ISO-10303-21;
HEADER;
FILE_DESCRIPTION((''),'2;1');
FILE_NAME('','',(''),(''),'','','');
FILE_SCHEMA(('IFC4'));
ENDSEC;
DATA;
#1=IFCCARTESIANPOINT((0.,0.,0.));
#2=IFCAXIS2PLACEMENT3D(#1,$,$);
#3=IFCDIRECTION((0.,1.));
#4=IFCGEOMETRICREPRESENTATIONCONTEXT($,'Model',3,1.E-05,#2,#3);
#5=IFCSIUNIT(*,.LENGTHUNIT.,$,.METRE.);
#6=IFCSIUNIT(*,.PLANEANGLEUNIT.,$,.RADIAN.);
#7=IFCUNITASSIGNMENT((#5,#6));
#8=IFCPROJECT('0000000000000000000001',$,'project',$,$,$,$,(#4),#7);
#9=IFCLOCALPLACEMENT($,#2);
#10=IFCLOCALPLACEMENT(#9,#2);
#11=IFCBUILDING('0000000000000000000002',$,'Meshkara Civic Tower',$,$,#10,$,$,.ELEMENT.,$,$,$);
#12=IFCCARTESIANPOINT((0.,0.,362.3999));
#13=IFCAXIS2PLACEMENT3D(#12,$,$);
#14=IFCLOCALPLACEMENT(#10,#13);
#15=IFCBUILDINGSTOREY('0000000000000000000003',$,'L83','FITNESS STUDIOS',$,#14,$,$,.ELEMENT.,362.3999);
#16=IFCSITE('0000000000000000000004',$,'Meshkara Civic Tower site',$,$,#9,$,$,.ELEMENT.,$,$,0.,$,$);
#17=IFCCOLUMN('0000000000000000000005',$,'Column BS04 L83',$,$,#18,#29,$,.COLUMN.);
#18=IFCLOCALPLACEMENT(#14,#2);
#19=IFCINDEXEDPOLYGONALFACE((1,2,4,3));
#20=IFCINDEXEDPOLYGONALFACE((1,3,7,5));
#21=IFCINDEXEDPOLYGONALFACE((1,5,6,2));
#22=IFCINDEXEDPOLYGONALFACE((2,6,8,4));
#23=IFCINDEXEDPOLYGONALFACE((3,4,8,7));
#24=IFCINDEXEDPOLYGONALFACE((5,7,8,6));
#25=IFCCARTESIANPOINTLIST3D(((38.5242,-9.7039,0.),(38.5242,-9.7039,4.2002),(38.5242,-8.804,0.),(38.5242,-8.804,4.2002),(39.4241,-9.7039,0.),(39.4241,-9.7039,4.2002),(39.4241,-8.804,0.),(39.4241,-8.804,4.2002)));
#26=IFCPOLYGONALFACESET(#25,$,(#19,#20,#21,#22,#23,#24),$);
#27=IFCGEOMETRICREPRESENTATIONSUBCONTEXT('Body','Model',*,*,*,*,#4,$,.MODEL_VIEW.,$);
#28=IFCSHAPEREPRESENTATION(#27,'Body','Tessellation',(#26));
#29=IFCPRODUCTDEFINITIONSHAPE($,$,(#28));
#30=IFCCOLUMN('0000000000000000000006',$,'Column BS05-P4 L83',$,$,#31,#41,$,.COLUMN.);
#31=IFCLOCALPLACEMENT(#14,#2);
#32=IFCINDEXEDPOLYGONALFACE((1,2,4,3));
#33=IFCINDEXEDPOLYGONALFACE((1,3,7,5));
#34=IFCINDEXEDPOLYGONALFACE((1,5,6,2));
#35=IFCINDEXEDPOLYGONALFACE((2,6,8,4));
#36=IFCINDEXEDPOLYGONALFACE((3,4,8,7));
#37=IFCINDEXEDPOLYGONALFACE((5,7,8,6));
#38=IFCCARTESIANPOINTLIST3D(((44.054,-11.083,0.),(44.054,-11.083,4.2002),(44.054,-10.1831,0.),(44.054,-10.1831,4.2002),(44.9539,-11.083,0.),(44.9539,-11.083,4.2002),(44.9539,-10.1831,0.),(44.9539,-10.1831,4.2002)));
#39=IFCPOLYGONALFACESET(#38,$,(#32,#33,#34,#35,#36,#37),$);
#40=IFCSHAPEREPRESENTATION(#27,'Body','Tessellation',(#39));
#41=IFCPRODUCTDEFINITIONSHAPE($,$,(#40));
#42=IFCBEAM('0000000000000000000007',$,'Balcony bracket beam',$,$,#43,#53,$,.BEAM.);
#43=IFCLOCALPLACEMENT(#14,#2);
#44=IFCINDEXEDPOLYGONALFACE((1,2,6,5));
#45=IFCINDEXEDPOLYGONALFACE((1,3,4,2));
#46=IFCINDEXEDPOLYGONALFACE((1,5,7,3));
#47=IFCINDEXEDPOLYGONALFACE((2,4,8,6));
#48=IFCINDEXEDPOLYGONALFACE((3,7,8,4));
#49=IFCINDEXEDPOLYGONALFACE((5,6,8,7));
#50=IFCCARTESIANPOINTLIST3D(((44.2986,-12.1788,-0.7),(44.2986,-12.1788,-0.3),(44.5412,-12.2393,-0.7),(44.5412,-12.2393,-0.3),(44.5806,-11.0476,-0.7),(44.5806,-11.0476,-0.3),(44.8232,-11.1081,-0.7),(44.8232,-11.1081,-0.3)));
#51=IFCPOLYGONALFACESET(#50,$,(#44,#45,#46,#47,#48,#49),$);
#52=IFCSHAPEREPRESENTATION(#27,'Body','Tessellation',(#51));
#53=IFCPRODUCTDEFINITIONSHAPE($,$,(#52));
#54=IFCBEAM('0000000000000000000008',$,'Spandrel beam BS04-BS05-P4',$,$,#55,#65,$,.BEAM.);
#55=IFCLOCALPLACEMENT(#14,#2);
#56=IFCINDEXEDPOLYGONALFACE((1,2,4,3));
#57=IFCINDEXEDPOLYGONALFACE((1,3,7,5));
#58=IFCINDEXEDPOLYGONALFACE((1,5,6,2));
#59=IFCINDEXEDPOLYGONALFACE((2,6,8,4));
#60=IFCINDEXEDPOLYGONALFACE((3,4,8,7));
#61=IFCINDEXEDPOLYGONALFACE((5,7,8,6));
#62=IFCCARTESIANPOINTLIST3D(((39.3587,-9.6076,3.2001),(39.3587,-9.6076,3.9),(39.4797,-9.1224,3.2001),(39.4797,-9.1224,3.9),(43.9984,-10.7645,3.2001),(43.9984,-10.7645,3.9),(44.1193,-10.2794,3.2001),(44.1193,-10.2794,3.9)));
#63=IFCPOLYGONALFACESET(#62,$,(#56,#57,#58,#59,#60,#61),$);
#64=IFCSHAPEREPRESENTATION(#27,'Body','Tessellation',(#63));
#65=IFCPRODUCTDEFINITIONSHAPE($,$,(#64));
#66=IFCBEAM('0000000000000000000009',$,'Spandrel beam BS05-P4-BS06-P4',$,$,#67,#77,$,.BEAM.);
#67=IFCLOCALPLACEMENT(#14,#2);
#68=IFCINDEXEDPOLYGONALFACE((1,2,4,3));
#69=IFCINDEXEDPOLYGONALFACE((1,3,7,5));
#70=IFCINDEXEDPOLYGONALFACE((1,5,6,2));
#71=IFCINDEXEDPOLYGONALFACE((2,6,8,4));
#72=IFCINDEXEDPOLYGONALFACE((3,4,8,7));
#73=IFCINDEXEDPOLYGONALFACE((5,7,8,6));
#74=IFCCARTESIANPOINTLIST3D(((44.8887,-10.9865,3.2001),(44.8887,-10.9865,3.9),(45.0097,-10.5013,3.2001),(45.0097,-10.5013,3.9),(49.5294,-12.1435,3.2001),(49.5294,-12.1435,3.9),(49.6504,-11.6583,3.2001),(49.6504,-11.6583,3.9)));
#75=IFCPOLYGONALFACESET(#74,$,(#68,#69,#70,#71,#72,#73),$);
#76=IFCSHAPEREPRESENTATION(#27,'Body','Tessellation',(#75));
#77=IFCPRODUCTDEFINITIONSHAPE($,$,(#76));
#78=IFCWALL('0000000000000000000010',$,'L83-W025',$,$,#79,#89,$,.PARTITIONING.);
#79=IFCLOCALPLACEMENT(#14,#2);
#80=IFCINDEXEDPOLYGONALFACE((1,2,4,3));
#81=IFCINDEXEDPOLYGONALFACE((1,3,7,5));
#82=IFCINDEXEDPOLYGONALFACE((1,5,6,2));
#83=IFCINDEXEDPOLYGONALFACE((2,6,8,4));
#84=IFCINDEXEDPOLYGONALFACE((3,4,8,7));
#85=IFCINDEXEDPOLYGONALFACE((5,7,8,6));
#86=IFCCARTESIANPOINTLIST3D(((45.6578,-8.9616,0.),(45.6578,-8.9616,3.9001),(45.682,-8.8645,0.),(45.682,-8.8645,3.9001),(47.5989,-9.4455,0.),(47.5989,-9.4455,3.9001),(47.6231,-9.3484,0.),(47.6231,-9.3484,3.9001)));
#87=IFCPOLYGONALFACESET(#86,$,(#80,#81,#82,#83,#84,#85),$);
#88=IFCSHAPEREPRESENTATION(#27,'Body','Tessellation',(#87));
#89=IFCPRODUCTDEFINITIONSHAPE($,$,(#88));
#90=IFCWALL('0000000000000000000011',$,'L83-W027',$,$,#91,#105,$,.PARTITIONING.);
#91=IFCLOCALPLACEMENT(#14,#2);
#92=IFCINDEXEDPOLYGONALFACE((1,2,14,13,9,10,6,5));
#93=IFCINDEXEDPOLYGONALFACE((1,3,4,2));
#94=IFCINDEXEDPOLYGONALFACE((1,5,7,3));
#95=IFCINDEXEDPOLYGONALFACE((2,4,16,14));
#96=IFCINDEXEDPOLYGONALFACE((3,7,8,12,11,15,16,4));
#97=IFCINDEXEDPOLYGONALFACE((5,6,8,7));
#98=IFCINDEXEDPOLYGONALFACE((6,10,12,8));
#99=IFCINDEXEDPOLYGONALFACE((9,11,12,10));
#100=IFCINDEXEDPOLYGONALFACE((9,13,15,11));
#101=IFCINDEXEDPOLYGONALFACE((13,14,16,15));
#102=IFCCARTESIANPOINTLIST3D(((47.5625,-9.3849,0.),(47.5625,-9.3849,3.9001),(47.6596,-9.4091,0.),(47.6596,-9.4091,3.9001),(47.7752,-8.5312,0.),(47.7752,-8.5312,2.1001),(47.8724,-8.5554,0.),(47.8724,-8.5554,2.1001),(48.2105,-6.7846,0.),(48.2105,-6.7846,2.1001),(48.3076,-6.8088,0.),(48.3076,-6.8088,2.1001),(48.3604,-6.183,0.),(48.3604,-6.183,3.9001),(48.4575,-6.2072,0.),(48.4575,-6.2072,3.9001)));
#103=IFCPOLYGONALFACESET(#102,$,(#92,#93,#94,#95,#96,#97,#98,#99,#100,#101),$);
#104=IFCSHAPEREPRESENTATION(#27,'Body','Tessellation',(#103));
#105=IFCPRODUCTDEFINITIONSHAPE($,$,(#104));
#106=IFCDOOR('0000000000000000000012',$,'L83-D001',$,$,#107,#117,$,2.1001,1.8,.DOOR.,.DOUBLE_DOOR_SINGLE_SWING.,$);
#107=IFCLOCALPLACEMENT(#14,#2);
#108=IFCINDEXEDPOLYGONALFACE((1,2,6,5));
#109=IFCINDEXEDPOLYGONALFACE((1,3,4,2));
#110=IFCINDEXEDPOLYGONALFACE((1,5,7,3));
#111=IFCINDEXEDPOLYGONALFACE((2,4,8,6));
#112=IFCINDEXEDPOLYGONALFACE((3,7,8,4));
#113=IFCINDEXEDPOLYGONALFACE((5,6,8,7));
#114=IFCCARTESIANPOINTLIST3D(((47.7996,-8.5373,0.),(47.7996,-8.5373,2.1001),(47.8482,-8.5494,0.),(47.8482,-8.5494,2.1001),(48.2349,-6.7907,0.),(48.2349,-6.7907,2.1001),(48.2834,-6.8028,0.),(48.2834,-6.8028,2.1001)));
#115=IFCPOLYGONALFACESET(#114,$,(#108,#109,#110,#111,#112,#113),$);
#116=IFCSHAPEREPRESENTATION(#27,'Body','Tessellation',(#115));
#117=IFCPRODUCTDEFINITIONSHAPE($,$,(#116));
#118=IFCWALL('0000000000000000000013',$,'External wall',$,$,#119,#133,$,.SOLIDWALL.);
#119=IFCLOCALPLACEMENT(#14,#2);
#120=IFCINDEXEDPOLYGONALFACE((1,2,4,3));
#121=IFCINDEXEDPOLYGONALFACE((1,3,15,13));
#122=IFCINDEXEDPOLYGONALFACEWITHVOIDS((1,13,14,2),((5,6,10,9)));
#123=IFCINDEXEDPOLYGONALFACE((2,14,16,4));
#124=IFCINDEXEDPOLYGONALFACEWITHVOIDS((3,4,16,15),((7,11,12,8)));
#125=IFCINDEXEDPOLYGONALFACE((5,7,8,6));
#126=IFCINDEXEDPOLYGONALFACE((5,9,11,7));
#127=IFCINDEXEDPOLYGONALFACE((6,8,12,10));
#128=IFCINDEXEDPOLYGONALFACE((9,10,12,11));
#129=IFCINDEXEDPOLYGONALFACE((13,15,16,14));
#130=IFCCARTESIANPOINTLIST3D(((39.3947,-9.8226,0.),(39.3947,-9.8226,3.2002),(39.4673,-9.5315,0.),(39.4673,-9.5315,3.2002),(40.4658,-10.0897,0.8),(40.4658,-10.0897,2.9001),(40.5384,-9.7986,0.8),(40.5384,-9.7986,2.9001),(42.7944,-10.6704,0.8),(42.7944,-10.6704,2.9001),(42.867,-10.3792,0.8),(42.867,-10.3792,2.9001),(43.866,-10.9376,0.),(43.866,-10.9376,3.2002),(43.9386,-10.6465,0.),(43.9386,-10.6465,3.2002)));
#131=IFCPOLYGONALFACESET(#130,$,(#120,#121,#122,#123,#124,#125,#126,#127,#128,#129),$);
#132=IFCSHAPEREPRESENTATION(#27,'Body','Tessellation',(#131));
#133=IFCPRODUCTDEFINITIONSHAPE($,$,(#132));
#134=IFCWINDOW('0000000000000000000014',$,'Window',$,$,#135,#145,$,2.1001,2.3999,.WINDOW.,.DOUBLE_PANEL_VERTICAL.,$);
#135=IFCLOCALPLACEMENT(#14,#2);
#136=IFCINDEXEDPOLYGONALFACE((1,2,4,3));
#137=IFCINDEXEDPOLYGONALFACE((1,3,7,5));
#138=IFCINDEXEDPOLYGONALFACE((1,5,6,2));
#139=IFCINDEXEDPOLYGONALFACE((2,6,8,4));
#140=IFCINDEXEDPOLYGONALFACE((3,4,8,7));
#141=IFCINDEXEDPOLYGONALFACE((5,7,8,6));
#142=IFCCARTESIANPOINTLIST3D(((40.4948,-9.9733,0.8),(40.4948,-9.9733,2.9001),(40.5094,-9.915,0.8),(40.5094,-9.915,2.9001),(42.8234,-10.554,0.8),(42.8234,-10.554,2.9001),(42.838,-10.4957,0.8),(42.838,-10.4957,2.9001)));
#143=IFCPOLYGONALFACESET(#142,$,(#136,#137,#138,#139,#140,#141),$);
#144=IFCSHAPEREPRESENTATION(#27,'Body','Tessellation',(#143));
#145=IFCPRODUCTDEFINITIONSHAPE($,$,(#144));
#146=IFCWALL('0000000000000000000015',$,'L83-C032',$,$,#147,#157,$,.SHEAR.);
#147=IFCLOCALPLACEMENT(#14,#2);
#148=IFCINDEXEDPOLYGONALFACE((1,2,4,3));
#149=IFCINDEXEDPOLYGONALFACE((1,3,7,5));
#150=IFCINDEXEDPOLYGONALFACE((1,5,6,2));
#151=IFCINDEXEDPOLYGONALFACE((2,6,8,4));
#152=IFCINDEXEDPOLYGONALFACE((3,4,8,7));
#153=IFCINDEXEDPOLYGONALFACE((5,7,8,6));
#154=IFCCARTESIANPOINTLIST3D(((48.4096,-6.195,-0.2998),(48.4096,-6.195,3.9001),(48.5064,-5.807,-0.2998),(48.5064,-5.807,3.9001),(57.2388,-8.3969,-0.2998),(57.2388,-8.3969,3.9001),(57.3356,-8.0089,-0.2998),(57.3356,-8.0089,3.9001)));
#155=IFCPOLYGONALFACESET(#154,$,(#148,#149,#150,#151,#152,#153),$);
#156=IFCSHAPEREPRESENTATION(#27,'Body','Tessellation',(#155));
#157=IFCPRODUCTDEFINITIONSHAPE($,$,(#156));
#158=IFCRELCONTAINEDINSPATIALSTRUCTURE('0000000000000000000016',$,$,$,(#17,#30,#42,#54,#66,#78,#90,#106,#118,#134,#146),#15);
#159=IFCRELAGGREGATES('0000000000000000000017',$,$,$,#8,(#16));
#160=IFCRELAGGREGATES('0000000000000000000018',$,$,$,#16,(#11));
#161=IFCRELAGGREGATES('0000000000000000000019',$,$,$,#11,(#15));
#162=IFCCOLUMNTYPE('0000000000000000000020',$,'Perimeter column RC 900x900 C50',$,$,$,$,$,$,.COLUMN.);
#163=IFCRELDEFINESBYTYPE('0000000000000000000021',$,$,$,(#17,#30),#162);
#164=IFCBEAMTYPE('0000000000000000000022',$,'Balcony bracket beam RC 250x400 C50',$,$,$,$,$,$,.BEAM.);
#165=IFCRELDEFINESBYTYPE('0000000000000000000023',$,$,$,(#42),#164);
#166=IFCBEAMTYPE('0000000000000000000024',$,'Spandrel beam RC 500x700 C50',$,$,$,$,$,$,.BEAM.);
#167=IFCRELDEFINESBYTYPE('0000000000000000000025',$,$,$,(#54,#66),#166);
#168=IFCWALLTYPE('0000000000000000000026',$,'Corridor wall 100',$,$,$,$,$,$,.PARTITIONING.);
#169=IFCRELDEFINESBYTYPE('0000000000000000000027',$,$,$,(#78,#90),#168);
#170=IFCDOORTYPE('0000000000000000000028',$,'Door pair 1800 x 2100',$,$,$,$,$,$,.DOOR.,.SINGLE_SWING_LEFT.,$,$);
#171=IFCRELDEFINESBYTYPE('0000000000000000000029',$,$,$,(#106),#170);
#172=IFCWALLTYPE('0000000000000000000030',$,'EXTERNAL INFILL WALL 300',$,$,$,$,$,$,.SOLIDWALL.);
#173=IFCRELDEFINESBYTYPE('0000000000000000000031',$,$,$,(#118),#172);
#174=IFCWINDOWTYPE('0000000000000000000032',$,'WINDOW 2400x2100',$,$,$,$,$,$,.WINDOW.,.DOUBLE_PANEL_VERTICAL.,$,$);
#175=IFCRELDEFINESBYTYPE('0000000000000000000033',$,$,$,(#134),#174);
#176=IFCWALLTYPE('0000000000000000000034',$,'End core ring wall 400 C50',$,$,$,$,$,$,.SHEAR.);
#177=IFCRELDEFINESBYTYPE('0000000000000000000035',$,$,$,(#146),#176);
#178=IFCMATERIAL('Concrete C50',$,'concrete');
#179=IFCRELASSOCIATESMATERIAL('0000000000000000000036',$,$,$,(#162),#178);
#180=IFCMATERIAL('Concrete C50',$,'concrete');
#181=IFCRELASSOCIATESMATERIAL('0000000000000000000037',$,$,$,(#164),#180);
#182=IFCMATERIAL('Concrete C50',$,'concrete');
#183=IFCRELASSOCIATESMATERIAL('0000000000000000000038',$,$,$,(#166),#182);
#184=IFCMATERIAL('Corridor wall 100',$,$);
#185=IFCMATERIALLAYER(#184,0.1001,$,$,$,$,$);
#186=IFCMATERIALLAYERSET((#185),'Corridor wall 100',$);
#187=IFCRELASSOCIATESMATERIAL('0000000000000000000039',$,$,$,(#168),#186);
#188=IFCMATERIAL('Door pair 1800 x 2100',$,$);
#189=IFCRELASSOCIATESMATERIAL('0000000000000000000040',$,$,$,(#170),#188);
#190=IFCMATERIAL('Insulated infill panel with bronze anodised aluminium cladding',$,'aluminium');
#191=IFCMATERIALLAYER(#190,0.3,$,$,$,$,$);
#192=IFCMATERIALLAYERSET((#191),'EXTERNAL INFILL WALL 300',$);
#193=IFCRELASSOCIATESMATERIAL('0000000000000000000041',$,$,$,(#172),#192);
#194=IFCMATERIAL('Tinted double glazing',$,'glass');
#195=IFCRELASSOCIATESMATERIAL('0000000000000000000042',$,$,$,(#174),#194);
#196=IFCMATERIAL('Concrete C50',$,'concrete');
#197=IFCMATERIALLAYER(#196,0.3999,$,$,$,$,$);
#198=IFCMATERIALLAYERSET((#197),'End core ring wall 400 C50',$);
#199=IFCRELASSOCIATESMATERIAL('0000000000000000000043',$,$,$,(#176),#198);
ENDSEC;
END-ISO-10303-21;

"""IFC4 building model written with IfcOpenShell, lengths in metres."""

from ifc_helpers import new_model, si_unit, direction, frame, frame_2d, origin, origin_2d, place, context, subcontext, project, spatial, rectangle, extrude, material, layer, layer_set, material_profile, profile_set, type_object, element, fill, save


model = new_model("IFC4")

# Units and contexts
model_context = context("Model", 3, precision=1e-05, world=origin(), true_north=direction((0.0, 1.0)))
body_context = subcontext(model_context, "Body", "Model", "MODEL_VIEW")
ifc_project = project(units=[si_unit("LENGTHUNIT", "METRE"), si_unit("PLANEANGLEUNIT", "RADIAN")], contexts=[model_context])

# Site, building, storey
site_placement = place(None, origin())
site = spatial("IfcSite", under=ifc_project, at=site_placement, Name="Meshkara Civic Tower site", CompositionType="ELEMENT", RefElevation=0.0)
building_placement = place(site_placement, origin())
building = spatial("IfcBuilding", under=site, at=building_placement, Name="Meshkara Civic Tower", CompositionType="ELEMENT")
storey_placement = place(building_placement, frame((0.0, 0.0, 362.3999)))
storey = spatial("IfcBuildingStorey", under=building, at=storey_placement, Name="L83", Description="FITNESS STUDIOS", CompositionType="ELEMENT", Elevation=362.3999)

# Columns
ifc_material_1 = material(Name="Concrete C50", Category="concrete")
ifc_material_profile_1 = material_profile(ifc_material_1, rectangle(XDim=0.8999, YDim=0.8999, at=origin_2d()))
ifc_profile_set_1 = profile_set([ifc_material_profile_1], Name="Concrete C50")
column_type = type_object("IfcColumnType", Name="Perimeter column RC 900x900 C50", PredefinedType="COLUMN", material=ifc_profile_set_1)
for number, where, z_axis, x_axis, name in (
    (1, (38.9741, -9.2539, 0.0), (0.0, 0.0, 1.0), (1.0, 0.0, 0.0), "Column BS04 L83"),
    (2, (44.5039, -10.6331, 0.0), (0.0, 0.0, 1.0), (1.0, 0.0, 0.0), "Column BS05-P4 L83"),
):
    element("IfcColumn", number, at=place(storey_placement, frame(where, z_axis=z_axis, x_axis=x_axis)), inside=storey, type_object=column_type, Name=name, PredefinedType="COLUMN", context=body_context, shape_type="SweptSolid", body=[
        extrude(rectangle(XDim=0.8999, YDim=0.8999, at=origin_2d()), origin(), (0.0, 0.0, 1.0), 4.2002),
    ])

# Beams
ifc_material_2 = material(Name="Concrete C50", Category="concrete")
ifc_material_profile_2 = material_profile(ifc_material_2, rectangle(XDim=0.25, YDim=0.3999, at=origin_2d()))
ifc_profile_set_2 = profile_set([ifc_material_profile_2], Name="Concrete C50")
beam_type_1 = type_object("IfcBeamType", Name="Balcony bracket beam RC 250x400 C50", PredefinedType="BEAM", material=ifc_profile_set_2)
beam_1_placement = place(storey_placement, frame((44.7019, -11.0779, -0.5), z_axis=(-0.241895, -0.970302, 0.0), x_axis=(0.970302, -0.241895, 0.0)))
element("IfcBeam", 3, at=beam_1_placement, inside=storey, type_object=beam_type_1, Name="Balcony bracket beam", PredefinedType="BEAM", context=body_context, shape_type="SweptSolid", body=[
    extrude(rectangle(XDim=0.25, YDim=0.3999, at=origin_2d()), origin(), (0.0, 0.0, 1.0), 1.1658),
])
ifc_material_3 = material(Name="Concrete C50", Category="concrete")
ifc_material_profile_3 = material_profile(ifc_material_3, rectangle(XDim=0.5, YDim=0.7, at=origin_2d()))
ifc_profile_set_3 = profile_set([ifc_material_profile_3], Name="Concrete C50")
beam_type_2 = type_object("IfcBeamType", Name="Spandrel beam RC 500x700 C50", PredefinedType="BEAM", material=ifc_profile_set_3)
beam_2_placement = place(storey_placement, frame((39.4192, -9.365, 3.55), z_axis=(0.970286, -0.241959, 0.0), x_axis=(0.241959, 0.970286, 0.0)))
element("IfcBeam", 4, at=beam_2_placement, inside=storey, type_object=beam_type_2, Name="Spandrel beam BS04-BS05-P4", PredefinedType="BEAM", context=body_context, shape_type="SweptSolid", body=[
    extrude(rectangle(XDim=0.5, YDim=0.7, at=origin_2d()), origin(), (0.0, 0.0, 1.0), 4.7817),
])
beam_3_placement = place(storey_placement, frame((44.9492, -10.7439, 3.55), z_axis=(0.970298, -0.241911, 0.0), x_axis=(0.241911, 0.970298, 0.0)))
element("IfcBeam", 5, at=beam_3_placement, inside=storey, type_object=beam_type_2, Name="Spandrel beam BS05-P4-BS06-P4", PredefinedType="BEAM", context=body_context, shape_type="SweptSolid", body=[
    extrude(rectangle(XDim=0.5, YDim=0.7, at=origin_2d()), origin(), (0.0, 0.0, 1.0), 4.7827),
])

# Wall
ifc_material_4 = material(Name="Corridor wall 100")
ifc_layer_1 = layer(ifc_material_4, 0.1001)
ifc_layer_set_1 = layer_set([ifc_layer_1], Name="Corridor wall 100")
wall_type_1 = type_object("IfcWallType", Name="Corridor wall 100", PredefinedType="PARTITIONING", material=ifc_layer_set_1)
wall_1_placement = place(storey_placement, frame((45.6699, -8.9131, 0.0), z_axis=(0.0, 0.0, 1.0), x_axis=(0.970307, -0.241875, 0.0)))
element("IfcWall", 6, at=wall_1_placement, inside=storey, type_object=wall_type_1, Name="L83-W025", PredefinedType="PARTITIONING", context=body_context, shape_type="SweptSolid", body=[
    extrude(rectangle(XDim=2.0005, YDim=0.1001, at=frame_2d((1.0002, 0.0))), origin(), (0.0, 0.0, 1.0), 3.9001),
])

# Wall, opening, door
wall_2_placement = place(storey_placement, frame((47.6111, -9.397, 0.0), z_axis=(0.0, 0.0, 1.0), x_axis=(0.241787, 0.970329, 0.0)))
wall_2 = element("IfcWall", 7, at=wall_2_placement, inside=storey, type_object=wall_type_1, Name="L83-W027", PredefinedType="PARTITIONING", context=body_context, shape_type="SweptSolid", body=[
    extrude(rectangle(XDim=3.2998, YDim=0.1001, at=frame_2d((1.6499, 0.0))), origin(), (0.0, 0.0, 1.0), 3.9001),
])
opening_1_placement = place(wall_2_placement, frame((0.8799, 0.0, 0.0)))
opening_1 = element("IfcOpeningElement", 8, at=opening_1_placement, cuts=wall_2, PredefinedType="OPENING", context=body_context, shape_type="SweptSolid", body=[
    extrude(rectangle(XDim=1.8, YDim=2.1001, at=frame_2d((0.8999, 1.05))), frame((0.0, 0.0601, 0.0), z_axis=(0.0, -1.0, 0.0), x_axis=(1.0, 0.0, 0.0)), (0.0, 0.0, 1.0), 0.1201),
])
ifc_material_5 = material(Name="Door pair 1800 x 2100")
door_type_1 = type_object("IfcDoorType", Name="Door pair 1800 x 2100", OperationType="SINGLE_SWING_LEFT", PredefinedType="DOOR", material=ifc_material_5)
door_1_placement = place(opening_1_placement, origin())
door_1 = element("IfcDoor", 9, at=door_1_placement, inside=storey, type_object=door_type_1, Name="L83-D001", OperationType="DOUBLE_DOOR_SINGLE_SWING", OverallHeight=2.1001, OverallWidth=1.8, PredefinedType="DOOR", context=body_context, shape_type="SweptSolid", body=[
    extrude(rectangle(XDim=1.8, YDim=2.1001, at=frame_2d((0.8999, 1.05))), frame((0.0, 0.0249, 0.0), z_axis=(0.0, -1.0, 0.0), x_axis=(1.0, 0.0, 0.0)), (0.0, 0.0, 1.0), 0.05),
])
fill(opening_1, door_1)

# Wall, opening, window
ifc_material_6 = material(Name="Insulated infill panel with bronze anodised aluminium cladding", Category="aluminium")
ifc_layer_2 = layer(ifc_material_6, 0.3)
ifc_layer_set_2 = layer_set([ifc_layer_2], Name="EXTERNAL INFILL WALL 300")
wall_type_2 = type_object("IfcWallType", Name="EXTERNAL INFILL WALL 300", PredefinedType="SOLIDWALL", material=ifc_layer_set_2)
wall_3_placement = place(storey_placement, frame((39.4309, -9.677, 0.0), z_axis=(0.0, 0.0, 1.0), x_axis=(0.970286, -0.241962, 0.0)))
wall_3 = element("IfcWall", 10, at=wall_3_placement, inside=storey, type_object=wall_type_2, Name="External wall", PredefinedType="SOLIDWALL", context=body_context, shape_type="SweptSolid", body=[
    extrude(rectangle(XDim=4.6082, YDim=0.3, at=frame_2d((2.3042, 0.0))), origin(), (0.0, 0.0, 1.0), 3.2002),
])
opening_2_placement = place(wall_3_placement, frame((1.104, 0.0, 0.8)))
opening_2 = element("IfcOpeningElement", 11, at=opening_2_placement, cuts=wall_3, PredefinedType="OPENING", context=body_context, shape_type="SweptSolid", body=[
    extrude(rectangle(XDim=2.3999, YDim=2.1001, at=frame_2d((1.2, 1.05))), frame((0.0, 0.1599, 0.0), z_axis=(0.0, -1.0, 0.0), x_axis=(1.0, 0.0, 0.0)), (0.0, 0.0, 1.0), 0.3201),
])
ifc_material_7 = material(Name="Tinted double glazing", Category="glass")
window_type = type_object("IfcWindowType", Name="WINDOW 2400x2100", PartitioningType="DOUBLE_PANEL_VERTICAL", PredefinedType="WINDOW", material=ifc_material_7)
window_placement = place(opening_2_placement, origin())
window = element("IfcWindow", 12, at=window_placement, inside=storey, type_object=window_type, Name="Window", OverallHeight=2.1001, OverallWidth=2.3999, PartitioningType="DOUBLE_PANEL_VERTICAL", PredefinedType="WINDOW", context=body_context, shape_type="SweptSolid", body=[
    extrude(rectangle(XDim=2.3999, YDim=2.1001, at=frame_2d((1.2, 1.05))), frame((0.0, 0.03, 0.0), z_axis=(0.0, -1.0, 0.0), x_axis=(1.0, 0.0, 0.0)), (0.0, 0.0, 1.0), 0.0601),
])
fill(opening_2, window)

# Wall
ifc_material_8 = material(Name="Concrete C50", Category="concrete")
ifc_layer_3 = layer(ifc_material_8, 0.3999)
ifc_layer_set_3 = layer_set([ifc_layer_3], Name="End core ring wall 400 C50")
wall_type_3 = type_object("IfcWallType", Name="End core ring wall 400 C50", PredefinedType="SHEAR", material=ifc_layer_set_3)
wall_4_placement = place(storey_placement, frame((48.458, -6.001, -0.2998), z_axis=(0.0, 0.0, 1.0), x_axis=(0.970281, -0.24198, 0.0)))
element("IfcWall", 13, at=wall_4_placement, inside=storey, type_object=wall_type_3, Name="L83-C032", PredefinedType="SHEAR", context=body_context, shape_type="SweptSolid", body=[
    extrude(rectangle(XDim=9.0996, YDim=0.3999, at=frame_2d((4.5498, 0.0))), origin(), (0.0, 0.0, 1.0), 4.2),
])

save(model, "model.ifc")
